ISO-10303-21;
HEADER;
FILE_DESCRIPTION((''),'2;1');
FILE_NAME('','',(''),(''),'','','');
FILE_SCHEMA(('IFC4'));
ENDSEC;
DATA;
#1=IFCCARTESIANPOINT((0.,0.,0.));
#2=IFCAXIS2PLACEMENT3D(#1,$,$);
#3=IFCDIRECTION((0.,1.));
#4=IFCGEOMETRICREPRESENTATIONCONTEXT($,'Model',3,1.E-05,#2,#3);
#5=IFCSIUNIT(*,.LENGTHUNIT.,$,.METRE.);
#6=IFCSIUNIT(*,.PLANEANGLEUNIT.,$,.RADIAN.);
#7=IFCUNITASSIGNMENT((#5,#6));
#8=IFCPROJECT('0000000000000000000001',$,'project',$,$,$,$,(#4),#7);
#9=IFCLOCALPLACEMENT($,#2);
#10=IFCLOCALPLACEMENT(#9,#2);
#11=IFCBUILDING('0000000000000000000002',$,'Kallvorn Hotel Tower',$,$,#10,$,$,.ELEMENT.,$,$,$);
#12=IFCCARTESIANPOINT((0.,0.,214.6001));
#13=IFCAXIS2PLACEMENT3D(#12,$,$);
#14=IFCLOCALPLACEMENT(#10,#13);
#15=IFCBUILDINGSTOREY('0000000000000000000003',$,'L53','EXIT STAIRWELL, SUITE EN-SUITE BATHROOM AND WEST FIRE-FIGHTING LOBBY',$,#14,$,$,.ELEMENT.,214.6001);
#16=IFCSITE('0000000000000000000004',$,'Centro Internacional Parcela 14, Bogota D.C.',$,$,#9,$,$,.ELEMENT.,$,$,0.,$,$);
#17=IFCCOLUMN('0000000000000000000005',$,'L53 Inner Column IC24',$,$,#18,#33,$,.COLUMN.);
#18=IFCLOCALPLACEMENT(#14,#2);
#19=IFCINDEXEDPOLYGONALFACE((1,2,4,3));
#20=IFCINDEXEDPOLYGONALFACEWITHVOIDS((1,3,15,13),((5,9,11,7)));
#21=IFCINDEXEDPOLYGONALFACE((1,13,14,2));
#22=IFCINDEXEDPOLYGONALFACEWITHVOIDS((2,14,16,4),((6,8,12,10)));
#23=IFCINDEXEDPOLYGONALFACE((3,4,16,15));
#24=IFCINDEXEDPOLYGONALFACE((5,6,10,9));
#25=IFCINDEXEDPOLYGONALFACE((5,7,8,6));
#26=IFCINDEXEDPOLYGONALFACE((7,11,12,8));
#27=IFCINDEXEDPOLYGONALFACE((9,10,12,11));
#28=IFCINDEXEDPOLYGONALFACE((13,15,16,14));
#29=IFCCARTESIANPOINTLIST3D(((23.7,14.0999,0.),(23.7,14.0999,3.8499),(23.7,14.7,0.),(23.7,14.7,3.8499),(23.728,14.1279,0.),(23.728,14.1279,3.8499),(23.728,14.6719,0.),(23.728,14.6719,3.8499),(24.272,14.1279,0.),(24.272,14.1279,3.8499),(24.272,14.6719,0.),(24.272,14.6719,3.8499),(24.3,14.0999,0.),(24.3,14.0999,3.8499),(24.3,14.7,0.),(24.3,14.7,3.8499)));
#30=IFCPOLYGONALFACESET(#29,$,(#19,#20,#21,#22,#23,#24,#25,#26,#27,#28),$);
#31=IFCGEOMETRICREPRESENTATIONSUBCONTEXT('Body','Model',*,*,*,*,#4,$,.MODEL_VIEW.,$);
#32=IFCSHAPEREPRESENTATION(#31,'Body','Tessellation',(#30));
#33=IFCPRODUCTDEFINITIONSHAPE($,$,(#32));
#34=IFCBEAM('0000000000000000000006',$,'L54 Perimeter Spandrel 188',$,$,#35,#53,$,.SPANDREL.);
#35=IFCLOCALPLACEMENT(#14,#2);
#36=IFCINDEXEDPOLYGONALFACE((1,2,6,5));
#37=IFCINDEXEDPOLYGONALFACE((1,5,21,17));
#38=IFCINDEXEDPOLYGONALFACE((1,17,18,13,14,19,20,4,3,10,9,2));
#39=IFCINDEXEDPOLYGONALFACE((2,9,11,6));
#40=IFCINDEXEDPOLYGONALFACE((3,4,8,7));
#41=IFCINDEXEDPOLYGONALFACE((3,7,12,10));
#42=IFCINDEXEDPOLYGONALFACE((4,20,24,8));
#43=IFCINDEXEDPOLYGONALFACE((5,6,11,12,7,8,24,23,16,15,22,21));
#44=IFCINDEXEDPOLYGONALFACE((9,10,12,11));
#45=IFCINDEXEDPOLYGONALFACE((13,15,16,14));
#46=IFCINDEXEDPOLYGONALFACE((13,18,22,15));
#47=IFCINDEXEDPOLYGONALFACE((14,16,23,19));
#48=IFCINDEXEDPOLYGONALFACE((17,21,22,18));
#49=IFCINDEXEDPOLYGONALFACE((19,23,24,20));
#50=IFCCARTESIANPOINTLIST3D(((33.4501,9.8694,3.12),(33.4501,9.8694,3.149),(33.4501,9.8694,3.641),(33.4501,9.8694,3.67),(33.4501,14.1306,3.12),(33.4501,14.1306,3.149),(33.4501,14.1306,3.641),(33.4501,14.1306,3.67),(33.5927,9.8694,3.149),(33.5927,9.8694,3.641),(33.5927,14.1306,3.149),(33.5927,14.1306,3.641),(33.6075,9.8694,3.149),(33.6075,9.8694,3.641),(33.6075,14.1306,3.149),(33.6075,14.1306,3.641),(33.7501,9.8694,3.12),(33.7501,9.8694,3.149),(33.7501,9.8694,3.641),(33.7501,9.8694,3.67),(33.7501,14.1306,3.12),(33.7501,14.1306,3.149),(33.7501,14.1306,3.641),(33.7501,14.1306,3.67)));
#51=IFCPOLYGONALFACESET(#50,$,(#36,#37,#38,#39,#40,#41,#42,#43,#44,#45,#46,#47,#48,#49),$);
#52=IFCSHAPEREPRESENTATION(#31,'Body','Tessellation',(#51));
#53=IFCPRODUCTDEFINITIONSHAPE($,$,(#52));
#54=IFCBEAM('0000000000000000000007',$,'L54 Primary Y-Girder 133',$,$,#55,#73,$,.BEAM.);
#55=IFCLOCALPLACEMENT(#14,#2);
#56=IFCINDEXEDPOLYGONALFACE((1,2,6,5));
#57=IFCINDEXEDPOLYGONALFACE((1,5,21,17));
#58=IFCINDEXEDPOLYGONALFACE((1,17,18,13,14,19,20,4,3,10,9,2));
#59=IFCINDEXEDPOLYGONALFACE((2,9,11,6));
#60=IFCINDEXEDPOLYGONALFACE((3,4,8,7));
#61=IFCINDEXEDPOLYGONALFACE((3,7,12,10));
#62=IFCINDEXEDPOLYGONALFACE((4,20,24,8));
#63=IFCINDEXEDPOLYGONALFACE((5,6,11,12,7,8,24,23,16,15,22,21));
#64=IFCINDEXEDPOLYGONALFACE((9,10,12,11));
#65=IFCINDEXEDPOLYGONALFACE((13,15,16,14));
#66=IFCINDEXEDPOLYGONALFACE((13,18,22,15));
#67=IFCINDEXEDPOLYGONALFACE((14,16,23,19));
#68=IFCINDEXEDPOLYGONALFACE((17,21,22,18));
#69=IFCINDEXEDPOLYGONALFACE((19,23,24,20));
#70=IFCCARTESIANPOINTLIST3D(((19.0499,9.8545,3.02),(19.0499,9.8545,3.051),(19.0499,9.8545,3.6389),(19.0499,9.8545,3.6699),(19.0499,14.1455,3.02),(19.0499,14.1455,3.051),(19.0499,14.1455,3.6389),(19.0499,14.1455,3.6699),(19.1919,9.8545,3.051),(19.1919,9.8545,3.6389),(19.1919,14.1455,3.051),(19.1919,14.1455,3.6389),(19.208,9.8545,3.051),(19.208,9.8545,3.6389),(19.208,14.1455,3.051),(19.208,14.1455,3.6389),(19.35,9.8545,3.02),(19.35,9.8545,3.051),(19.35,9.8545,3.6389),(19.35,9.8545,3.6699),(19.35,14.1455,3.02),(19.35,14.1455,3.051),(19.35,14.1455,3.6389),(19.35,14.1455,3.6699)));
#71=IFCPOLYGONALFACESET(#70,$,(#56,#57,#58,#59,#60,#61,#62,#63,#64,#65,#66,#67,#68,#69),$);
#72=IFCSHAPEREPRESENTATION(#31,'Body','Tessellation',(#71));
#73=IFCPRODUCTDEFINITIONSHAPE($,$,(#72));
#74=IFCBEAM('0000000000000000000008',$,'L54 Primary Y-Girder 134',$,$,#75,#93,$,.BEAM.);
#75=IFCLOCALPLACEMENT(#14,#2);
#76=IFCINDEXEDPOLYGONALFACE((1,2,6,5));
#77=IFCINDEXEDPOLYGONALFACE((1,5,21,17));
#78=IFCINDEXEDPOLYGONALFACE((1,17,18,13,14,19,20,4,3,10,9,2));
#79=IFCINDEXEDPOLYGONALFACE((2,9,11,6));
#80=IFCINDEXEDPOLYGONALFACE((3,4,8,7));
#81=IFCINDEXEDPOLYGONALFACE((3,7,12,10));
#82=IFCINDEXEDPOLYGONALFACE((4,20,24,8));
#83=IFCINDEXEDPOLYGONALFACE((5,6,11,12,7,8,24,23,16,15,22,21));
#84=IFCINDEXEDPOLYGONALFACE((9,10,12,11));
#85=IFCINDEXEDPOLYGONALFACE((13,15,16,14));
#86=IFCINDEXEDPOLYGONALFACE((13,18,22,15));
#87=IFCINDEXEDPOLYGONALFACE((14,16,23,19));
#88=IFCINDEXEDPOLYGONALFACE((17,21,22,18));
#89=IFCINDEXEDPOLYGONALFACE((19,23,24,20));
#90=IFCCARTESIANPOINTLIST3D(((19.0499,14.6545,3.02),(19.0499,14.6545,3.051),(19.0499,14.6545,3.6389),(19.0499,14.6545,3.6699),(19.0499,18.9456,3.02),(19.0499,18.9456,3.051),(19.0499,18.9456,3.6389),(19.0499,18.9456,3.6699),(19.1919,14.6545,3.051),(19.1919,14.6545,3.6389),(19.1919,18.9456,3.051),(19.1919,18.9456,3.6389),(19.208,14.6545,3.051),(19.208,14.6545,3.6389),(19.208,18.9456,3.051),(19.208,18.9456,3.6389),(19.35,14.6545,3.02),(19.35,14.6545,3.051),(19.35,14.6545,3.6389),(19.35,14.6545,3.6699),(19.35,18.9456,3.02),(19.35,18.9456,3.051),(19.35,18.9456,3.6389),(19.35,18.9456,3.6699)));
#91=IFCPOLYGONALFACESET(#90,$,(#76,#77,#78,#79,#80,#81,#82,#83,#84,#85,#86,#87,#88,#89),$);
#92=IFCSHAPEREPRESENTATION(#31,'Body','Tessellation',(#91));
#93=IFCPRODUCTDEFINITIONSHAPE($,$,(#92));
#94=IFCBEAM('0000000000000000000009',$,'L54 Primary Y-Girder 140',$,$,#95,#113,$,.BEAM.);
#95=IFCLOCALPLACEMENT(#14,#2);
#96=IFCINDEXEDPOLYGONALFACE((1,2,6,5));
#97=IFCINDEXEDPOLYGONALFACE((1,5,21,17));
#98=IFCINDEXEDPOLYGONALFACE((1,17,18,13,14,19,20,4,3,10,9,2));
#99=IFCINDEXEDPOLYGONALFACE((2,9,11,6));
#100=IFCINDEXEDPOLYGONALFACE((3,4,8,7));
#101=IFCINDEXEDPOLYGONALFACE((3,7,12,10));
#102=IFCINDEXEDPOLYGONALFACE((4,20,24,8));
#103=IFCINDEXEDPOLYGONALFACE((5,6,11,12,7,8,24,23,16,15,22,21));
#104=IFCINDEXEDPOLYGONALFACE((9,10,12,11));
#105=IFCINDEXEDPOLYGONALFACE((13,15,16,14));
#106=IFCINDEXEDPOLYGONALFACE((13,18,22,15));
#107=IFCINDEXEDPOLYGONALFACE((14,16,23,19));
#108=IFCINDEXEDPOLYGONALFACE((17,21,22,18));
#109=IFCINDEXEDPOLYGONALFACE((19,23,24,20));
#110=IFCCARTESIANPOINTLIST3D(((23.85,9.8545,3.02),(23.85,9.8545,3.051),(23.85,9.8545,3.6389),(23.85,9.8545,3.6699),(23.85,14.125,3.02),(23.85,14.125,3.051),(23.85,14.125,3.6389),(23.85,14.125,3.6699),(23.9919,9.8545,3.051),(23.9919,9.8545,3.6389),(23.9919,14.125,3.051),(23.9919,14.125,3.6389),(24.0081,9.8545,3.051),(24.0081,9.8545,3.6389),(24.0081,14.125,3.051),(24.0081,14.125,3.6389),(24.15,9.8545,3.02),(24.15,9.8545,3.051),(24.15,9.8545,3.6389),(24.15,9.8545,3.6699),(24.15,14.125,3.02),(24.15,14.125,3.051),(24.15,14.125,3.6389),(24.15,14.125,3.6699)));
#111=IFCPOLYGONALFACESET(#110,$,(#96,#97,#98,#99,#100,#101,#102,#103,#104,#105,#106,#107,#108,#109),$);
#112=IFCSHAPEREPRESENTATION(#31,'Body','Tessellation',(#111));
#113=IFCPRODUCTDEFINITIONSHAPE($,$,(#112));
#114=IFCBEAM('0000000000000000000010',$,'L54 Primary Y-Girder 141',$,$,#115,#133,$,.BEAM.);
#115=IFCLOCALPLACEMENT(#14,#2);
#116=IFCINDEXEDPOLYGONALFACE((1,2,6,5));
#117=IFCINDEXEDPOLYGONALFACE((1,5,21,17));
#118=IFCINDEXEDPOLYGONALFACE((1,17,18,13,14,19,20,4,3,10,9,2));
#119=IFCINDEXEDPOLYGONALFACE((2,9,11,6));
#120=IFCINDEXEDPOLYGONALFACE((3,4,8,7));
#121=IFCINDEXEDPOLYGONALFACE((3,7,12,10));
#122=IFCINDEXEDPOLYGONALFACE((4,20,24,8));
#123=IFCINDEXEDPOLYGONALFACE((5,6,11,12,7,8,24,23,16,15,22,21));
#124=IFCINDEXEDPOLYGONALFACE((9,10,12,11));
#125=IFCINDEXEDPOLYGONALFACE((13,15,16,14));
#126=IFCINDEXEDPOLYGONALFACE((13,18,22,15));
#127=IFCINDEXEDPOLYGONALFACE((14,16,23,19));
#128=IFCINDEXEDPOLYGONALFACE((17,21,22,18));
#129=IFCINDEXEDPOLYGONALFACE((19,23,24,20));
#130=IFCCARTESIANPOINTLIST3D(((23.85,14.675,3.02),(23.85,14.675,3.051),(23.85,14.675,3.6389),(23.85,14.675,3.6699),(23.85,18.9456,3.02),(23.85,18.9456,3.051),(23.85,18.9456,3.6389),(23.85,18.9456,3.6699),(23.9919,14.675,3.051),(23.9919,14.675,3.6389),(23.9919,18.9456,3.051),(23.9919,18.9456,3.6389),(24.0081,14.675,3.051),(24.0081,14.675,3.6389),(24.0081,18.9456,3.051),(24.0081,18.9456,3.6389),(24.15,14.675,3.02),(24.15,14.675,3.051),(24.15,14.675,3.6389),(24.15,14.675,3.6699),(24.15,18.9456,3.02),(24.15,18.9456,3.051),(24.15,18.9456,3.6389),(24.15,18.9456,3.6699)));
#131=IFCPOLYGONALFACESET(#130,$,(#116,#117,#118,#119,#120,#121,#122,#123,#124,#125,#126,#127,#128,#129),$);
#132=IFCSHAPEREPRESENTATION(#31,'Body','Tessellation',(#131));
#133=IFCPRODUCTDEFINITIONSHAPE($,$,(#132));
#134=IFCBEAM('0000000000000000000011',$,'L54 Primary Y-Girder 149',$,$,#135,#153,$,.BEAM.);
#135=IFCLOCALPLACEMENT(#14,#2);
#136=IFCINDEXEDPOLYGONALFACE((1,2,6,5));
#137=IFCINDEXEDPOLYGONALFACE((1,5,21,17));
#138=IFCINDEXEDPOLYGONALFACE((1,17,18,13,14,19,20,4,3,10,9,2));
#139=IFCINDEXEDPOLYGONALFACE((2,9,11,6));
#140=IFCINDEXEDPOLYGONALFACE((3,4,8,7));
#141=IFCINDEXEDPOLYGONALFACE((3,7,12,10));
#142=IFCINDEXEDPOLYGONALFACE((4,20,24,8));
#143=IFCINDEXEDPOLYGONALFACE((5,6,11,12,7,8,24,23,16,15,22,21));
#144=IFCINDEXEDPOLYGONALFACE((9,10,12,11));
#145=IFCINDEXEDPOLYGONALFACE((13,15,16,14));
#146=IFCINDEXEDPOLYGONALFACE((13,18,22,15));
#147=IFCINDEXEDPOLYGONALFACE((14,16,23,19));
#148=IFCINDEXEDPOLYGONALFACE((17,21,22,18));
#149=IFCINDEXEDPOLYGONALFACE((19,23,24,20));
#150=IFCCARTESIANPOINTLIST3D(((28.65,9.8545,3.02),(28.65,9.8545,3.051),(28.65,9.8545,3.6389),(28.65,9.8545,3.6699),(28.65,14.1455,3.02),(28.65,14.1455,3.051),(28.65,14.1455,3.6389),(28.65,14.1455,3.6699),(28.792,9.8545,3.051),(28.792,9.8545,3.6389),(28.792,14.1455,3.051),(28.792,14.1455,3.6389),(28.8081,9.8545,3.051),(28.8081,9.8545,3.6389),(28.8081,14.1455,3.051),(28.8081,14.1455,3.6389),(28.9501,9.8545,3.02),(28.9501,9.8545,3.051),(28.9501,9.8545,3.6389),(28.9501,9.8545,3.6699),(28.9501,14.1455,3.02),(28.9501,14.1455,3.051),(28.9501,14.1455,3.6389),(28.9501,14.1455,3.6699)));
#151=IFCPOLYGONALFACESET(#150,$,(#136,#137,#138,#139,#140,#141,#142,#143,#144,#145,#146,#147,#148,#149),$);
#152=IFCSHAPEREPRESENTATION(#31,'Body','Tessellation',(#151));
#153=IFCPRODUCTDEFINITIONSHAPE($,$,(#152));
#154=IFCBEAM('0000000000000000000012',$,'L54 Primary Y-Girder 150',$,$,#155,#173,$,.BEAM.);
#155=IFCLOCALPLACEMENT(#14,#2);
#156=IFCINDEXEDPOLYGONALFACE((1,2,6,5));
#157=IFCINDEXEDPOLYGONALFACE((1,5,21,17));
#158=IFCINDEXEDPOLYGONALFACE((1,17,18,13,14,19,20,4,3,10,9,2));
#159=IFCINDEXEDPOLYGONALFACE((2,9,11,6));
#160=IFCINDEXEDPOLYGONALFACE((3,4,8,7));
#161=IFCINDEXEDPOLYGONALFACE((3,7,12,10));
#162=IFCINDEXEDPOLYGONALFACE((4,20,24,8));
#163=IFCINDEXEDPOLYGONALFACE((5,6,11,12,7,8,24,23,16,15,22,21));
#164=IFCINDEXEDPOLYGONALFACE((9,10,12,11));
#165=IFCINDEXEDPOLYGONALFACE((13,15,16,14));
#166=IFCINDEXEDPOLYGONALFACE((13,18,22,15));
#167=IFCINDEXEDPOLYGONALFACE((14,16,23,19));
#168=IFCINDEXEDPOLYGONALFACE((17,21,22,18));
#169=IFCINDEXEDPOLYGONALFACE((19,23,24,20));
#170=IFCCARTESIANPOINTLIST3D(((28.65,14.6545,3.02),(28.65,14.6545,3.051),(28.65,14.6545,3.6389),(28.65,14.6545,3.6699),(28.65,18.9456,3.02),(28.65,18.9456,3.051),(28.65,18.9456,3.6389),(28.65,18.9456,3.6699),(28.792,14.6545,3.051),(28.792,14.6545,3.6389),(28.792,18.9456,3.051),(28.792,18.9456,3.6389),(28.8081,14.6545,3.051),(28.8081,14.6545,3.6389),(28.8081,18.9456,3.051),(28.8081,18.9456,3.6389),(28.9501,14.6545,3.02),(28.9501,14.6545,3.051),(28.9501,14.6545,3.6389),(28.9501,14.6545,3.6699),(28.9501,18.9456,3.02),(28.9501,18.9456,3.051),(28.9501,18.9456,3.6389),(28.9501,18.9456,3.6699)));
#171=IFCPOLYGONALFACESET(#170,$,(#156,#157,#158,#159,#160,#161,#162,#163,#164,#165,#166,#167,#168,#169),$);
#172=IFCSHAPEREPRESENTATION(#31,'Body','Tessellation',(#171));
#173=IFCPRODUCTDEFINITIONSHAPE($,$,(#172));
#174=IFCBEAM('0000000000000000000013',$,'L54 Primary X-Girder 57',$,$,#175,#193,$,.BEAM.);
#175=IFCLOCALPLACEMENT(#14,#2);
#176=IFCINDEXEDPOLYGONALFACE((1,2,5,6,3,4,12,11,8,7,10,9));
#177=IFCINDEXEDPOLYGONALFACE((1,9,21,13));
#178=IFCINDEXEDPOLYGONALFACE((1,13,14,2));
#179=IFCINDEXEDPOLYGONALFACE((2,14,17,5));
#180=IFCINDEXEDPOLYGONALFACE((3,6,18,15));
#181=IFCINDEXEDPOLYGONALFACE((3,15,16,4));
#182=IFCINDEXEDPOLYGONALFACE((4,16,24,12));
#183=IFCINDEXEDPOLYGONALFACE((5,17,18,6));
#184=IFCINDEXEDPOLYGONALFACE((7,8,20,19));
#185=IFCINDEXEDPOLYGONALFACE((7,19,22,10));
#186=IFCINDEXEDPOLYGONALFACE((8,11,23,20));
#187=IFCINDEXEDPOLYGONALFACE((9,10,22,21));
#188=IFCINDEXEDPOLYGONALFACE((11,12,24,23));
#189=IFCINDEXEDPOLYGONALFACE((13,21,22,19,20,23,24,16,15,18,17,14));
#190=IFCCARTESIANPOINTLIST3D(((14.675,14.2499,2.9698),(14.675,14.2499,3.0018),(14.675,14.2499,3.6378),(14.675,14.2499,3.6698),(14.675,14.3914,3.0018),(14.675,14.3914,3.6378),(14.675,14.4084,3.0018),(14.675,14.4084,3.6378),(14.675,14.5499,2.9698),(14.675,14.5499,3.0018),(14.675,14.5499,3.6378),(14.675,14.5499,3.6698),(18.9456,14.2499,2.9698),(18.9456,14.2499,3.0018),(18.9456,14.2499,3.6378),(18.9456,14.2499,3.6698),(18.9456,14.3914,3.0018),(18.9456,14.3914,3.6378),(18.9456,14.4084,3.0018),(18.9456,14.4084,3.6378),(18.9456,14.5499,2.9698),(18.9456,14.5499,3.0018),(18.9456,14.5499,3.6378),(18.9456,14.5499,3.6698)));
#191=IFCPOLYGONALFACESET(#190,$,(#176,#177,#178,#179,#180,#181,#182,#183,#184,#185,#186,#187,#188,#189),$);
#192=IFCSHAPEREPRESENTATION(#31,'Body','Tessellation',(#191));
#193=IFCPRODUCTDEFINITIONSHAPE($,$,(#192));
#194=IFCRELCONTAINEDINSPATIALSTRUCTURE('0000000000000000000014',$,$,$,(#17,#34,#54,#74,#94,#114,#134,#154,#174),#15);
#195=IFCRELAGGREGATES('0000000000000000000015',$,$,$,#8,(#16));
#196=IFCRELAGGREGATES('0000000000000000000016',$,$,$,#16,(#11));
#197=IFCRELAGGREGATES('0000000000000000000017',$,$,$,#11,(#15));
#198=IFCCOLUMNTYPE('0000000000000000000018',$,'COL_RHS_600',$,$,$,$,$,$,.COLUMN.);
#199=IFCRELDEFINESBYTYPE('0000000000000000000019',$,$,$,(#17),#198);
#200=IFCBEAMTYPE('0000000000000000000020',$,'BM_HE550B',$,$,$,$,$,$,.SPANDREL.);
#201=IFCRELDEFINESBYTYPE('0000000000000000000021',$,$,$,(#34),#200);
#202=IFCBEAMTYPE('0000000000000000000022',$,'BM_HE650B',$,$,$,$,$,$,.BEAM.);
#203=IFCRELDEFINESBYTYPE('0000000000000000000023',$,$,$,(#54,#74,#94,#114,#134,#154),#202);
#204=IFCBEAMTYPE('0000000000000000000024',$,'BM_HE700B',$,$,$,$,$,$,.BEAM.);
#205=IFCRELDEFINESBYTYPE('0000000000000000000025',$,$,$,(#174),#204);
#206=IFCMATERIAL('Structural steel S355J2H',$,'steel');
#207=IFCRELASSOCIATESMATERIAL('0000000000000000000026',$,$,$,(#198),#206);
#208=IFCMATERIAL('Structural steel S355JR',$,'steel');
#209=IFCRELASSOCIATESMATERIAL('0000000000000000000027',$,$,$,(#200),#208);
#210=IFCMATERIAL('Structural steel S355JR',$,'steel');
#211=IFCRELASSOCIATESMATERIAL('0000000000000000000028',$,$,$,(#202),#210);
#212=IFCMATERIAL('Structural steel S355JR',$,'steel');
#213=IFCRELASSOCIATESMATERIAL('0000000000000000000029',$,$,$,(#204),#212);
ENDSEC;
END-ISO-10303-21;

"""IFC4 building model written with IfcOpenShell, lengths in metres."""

from ifc_helpers import new_model, si_unit, direction, frame, origin, origin_2d, place, context, subcontext, project, spatial, hollow_rectangle, i_section, extrude, material, material_profile, profile_set, type_object, element, save


model = new_model("IFC4")

# Units and contexts
model_context = context("Model", 3, precision=1e-05, world=origin(), true_north=direction((0.0, 1.0)))
body_context = subcontext(model_context, "Body", "Model", "MODEL_VIEW")
ifc_project = project(units=[si_unit("LENGTHUNIT", "METRE"), si_unit("PLANEANGLEUNIT", "RADIAN")], contexts=[model_context])

# Site, building, storey
site_placement = place(None, origin())
site = spatial("IfcSite", under=ifc_project, at=site_placement, Name="Centro Internacional Parcela 14, Bogota D.C.", CompositionType="ELEMENT", RefElevation=0.0)
building_placement = place(site_placement, origin())
building = spatial("IfcBuilding", under=site, at=building_placement, Name="Kallvorn Hotel Tower", CompositionType="ELEMENT")
storey_placement = place(building_placement, frame((0.0, 0.0, 214.6001)))
storey = spatial("IfcBuildingStorey", under=building, at=storey_placement, Name="L53", Description="EXIT STAIRWELL, SUITE EN-SUITE BATHROOM AND WEST FIRE-FIGHTING LOBBY", CompositionType="ELEMENT", Elevation=214.6001)

# Column
ifc_material_1 = material(Name="Structural steel S355J2H", Category="steel")
ifc_material_profile_1 = material_profile(ifc_material_1, hollow_rectangle(XDim=0.6001, YDim=0.6001, WallThickness=0.0281, at=origin_2d()), Name="RHS 600x600x28")
ifc_profile_set_1 = profile_set([ifc_material_profile_1], Name="Structural steel S355J2H")
column_type_1 = type_object("IfcColumnType", Name="COL_RHS_600", PredefinedType="COLUMN", material=ifc_profile_set_1)
column_placement = place(storey_placement, frame((24.0, 14.3999, 0.0), z_axis=(0.0, 0.0, 1.0), x_axis=(1.0, 0.0, 0.0)))
element("IfcColumn", 1, at=column_placement, inside=storey, type_object=column_type_1, Name="L53 Inner Column IC24", PredefinedType="COLUMN", context=body_context, shape_type="SweptSolid", body=[
    extrude(hollow_rectangle(XDim=0.6001, YDim=0.6001, WallThickness=0.0281, at=origin_2d()), origin(), (0.0, 0.0, 1.0), 3.8499),
])

# Beams
ifc_material_2 = material(Name="Structural steel S355JR", Category="steel")
ifc_material_profile_2 = material_profile(ifc_material_2, i_section(OverallWidth=0.3, OverallDepth=0.55, WebThickness=0.0149, FlangeThickness=0.0291, at=origin_2d()), Name="HE 550 B")
ifc_profile_set_2 = profile_set([ifc_material_profile_2], Name="Structural steel S355JR")
beam_type_1 = type_object("IfcBeamType", Name="BM_HE550B", PredefinedType="SPANDREL", material=ifc_profile_set_2)
beam_1_placement = place(storey_placement, frame((33.6001, 9.8694, 3.395), z_axis=(0.0, 1.0, 0.0), x_axis=(-1.0, 0.0, 0.0)))
element("IfcBeam", 2, at=beam_1_placement, inside=storey, type_object=beam_type_1, Name="L54 Perimeter Spandrel 188", PredefinedType="SPANDREL", context=body_context, shape_type="SweptSolid", body=[
    extrude(i_section(OverallWidth=0.3, OverallDepth=0.55, WebThickness=0.0149, FlangeThickness=0.0291, at=origin_2d()), origin(), (0.0, 0.0, 1.0), 4.2612),
])
ifc_material_3 = material(Name="Structural steel S355JR", Category="steel")
ifc_material_profile_3 = material_profile(ifc_material_3, i_section(OverallWidth=0.3, OverallDepth=0.6499, WebThickness=0.0161, FlangeThickness=0.031, at=origin_2d()), Name="HE 650 B")
ifc_profile_set_3 = profile_set([ifc_material_profile_3], Name="Structural steel S355JR")
beam_type_2 = type_object("IfcBeamType", Name="BM_HE650B", PredefinedType="BEAM", material=ifc_profile_set_3)
for number, where, z_axis, x_axis, name in (
    (3, (19.2, 9.8545, 3.345), (0.0, 1.0, 0.0), (-1.0, 0.0, 0.0), "L54 Primary Y-Girder 133"),
    (4, (19.2, 14.6545, 3.345), (0.0, 1.0, 0.0), (-1.0, 0.0, 0.0), "L54 Primary Y-Girder 134"),
):
    element("IfcBeam", number, at=place(storey_placement, frame(where, z_axis=z_axis, x_axis=x_axis)), inside=storey, type_object=beam_type_2, Name=name, PredefinedType="BEAM", context=body_context, shape_type="SweptSolid", body=[
        extrude(i_section(OverallWidth=0.3, OverallDepth=0.6499, WebThickness=0.0161, FlangeThickness=0.031, at=origin_2d()), origin(), (0.0, 0.0, 1.0), 4.291),
    ])
for number, where, z_axis, x_axis, name in (
    (5, (24.0, 9.8545, 3.345), (0.0, 1.0, 0.0), (-1.0, 0.0, 0.0), "L54 Primary Y-Girder 140"),
    (6, (24.0, 14.675, 3.345), (0.0, 1.0, 0.0), (-1.0, 0.0, 0.0), "L54 Primary Y-Girder 141"),
):
    element("IfcBeam", number, at=place(storey_placement, frame(where, z_axis=z_axis, x_axis=x_axis)), inside=storey, type_object=beam_type_2, Name=name, PredefinedType="BEAM", context=body_context, shape_type="SweptSolid", body=[
        extrude(i_section(OverallWidth=0.3, OverallDepth=0.6499, WebThickness=0.0161, FlangeThickness=0.031, at=origin_2d()), origin(), (0.0, 0.0, 1.0), 4.2705),
    ])
for number, where, z_axis, x_axis, name in (
    (7, (28.8, 9.8545, 3.345), (0.0, 1.0, 0.0), (-1.0, 0.0, 0.0), "L54 Primary Y-Girder 149"),
    (8, (28.8, 14.6545, 3.345), (0.0, 1.0, 0.0), (-1.0, 0.0, 0.0), "L54 Primary Y-Girder 150"),
):
    element("IfcBeam", number, at=place(storey_placement, frame(where, z_axis=z_axis, x_axis=x_axis)), inside=storey, type_object=beam_type_2, Name=name, PredefinedType="BEAM", context=body_context, shape_type="SweptSolid", body=[
        extrude(i_section(OverallWidth=0.3, OverallDepth=0.6499, WebThickness=0.0161, FlangeThickness=0.031, at=origin_2d()), origin(), (0.0, 0.0, 1.0), 4.291),
    ])
ifc_material_4 = material(Name="Structural steel S355JR", Category="steel")
ifc_material_profile_4 = material_profile(ifc_material_4, i_section(OverallWidth=0.3, OverallDepth=0.7, WebThickness=0.0171, FlangeThickness=0.032, at=origin_2d()), Name="HE 700 B")
ifc_profile_set_4 = profile_set([ifc_material_profile_4], Name="Structural steel S355JR")
beam_type_3 = type_object("IfcBeamType", Name="BM_HE700B", PredefinedType="BEAM", material=ifc_profile_set_4)
for number, where, z_axis, x_axis, name in (
    (9, (14.675, 14.3999, 3.3198), (1.0, 0.0, 0.0), (0.0, 1.0, 0.0), "L54 Primary X-Girder 57"),
):
    element("IfcBeam", number, at=place(storey_placement, frame(where, z_axis=z_axis, x_axis=x_axis)), inside=storey, type_object=beam_type_3, Name=name, PredefinedType="BEAM", context=body_context, shape_type="SweptSolid", body=[
        extrude(i_section(OverallWidth=0.3, OverallDepth=0.7, WebThickness=0.0171, FlangeThickness=0.032, at=origin_2d()), origin(), (0.0, 0.0, 1.0), 4.2705),
    ])

save(model, "model.ifc")
